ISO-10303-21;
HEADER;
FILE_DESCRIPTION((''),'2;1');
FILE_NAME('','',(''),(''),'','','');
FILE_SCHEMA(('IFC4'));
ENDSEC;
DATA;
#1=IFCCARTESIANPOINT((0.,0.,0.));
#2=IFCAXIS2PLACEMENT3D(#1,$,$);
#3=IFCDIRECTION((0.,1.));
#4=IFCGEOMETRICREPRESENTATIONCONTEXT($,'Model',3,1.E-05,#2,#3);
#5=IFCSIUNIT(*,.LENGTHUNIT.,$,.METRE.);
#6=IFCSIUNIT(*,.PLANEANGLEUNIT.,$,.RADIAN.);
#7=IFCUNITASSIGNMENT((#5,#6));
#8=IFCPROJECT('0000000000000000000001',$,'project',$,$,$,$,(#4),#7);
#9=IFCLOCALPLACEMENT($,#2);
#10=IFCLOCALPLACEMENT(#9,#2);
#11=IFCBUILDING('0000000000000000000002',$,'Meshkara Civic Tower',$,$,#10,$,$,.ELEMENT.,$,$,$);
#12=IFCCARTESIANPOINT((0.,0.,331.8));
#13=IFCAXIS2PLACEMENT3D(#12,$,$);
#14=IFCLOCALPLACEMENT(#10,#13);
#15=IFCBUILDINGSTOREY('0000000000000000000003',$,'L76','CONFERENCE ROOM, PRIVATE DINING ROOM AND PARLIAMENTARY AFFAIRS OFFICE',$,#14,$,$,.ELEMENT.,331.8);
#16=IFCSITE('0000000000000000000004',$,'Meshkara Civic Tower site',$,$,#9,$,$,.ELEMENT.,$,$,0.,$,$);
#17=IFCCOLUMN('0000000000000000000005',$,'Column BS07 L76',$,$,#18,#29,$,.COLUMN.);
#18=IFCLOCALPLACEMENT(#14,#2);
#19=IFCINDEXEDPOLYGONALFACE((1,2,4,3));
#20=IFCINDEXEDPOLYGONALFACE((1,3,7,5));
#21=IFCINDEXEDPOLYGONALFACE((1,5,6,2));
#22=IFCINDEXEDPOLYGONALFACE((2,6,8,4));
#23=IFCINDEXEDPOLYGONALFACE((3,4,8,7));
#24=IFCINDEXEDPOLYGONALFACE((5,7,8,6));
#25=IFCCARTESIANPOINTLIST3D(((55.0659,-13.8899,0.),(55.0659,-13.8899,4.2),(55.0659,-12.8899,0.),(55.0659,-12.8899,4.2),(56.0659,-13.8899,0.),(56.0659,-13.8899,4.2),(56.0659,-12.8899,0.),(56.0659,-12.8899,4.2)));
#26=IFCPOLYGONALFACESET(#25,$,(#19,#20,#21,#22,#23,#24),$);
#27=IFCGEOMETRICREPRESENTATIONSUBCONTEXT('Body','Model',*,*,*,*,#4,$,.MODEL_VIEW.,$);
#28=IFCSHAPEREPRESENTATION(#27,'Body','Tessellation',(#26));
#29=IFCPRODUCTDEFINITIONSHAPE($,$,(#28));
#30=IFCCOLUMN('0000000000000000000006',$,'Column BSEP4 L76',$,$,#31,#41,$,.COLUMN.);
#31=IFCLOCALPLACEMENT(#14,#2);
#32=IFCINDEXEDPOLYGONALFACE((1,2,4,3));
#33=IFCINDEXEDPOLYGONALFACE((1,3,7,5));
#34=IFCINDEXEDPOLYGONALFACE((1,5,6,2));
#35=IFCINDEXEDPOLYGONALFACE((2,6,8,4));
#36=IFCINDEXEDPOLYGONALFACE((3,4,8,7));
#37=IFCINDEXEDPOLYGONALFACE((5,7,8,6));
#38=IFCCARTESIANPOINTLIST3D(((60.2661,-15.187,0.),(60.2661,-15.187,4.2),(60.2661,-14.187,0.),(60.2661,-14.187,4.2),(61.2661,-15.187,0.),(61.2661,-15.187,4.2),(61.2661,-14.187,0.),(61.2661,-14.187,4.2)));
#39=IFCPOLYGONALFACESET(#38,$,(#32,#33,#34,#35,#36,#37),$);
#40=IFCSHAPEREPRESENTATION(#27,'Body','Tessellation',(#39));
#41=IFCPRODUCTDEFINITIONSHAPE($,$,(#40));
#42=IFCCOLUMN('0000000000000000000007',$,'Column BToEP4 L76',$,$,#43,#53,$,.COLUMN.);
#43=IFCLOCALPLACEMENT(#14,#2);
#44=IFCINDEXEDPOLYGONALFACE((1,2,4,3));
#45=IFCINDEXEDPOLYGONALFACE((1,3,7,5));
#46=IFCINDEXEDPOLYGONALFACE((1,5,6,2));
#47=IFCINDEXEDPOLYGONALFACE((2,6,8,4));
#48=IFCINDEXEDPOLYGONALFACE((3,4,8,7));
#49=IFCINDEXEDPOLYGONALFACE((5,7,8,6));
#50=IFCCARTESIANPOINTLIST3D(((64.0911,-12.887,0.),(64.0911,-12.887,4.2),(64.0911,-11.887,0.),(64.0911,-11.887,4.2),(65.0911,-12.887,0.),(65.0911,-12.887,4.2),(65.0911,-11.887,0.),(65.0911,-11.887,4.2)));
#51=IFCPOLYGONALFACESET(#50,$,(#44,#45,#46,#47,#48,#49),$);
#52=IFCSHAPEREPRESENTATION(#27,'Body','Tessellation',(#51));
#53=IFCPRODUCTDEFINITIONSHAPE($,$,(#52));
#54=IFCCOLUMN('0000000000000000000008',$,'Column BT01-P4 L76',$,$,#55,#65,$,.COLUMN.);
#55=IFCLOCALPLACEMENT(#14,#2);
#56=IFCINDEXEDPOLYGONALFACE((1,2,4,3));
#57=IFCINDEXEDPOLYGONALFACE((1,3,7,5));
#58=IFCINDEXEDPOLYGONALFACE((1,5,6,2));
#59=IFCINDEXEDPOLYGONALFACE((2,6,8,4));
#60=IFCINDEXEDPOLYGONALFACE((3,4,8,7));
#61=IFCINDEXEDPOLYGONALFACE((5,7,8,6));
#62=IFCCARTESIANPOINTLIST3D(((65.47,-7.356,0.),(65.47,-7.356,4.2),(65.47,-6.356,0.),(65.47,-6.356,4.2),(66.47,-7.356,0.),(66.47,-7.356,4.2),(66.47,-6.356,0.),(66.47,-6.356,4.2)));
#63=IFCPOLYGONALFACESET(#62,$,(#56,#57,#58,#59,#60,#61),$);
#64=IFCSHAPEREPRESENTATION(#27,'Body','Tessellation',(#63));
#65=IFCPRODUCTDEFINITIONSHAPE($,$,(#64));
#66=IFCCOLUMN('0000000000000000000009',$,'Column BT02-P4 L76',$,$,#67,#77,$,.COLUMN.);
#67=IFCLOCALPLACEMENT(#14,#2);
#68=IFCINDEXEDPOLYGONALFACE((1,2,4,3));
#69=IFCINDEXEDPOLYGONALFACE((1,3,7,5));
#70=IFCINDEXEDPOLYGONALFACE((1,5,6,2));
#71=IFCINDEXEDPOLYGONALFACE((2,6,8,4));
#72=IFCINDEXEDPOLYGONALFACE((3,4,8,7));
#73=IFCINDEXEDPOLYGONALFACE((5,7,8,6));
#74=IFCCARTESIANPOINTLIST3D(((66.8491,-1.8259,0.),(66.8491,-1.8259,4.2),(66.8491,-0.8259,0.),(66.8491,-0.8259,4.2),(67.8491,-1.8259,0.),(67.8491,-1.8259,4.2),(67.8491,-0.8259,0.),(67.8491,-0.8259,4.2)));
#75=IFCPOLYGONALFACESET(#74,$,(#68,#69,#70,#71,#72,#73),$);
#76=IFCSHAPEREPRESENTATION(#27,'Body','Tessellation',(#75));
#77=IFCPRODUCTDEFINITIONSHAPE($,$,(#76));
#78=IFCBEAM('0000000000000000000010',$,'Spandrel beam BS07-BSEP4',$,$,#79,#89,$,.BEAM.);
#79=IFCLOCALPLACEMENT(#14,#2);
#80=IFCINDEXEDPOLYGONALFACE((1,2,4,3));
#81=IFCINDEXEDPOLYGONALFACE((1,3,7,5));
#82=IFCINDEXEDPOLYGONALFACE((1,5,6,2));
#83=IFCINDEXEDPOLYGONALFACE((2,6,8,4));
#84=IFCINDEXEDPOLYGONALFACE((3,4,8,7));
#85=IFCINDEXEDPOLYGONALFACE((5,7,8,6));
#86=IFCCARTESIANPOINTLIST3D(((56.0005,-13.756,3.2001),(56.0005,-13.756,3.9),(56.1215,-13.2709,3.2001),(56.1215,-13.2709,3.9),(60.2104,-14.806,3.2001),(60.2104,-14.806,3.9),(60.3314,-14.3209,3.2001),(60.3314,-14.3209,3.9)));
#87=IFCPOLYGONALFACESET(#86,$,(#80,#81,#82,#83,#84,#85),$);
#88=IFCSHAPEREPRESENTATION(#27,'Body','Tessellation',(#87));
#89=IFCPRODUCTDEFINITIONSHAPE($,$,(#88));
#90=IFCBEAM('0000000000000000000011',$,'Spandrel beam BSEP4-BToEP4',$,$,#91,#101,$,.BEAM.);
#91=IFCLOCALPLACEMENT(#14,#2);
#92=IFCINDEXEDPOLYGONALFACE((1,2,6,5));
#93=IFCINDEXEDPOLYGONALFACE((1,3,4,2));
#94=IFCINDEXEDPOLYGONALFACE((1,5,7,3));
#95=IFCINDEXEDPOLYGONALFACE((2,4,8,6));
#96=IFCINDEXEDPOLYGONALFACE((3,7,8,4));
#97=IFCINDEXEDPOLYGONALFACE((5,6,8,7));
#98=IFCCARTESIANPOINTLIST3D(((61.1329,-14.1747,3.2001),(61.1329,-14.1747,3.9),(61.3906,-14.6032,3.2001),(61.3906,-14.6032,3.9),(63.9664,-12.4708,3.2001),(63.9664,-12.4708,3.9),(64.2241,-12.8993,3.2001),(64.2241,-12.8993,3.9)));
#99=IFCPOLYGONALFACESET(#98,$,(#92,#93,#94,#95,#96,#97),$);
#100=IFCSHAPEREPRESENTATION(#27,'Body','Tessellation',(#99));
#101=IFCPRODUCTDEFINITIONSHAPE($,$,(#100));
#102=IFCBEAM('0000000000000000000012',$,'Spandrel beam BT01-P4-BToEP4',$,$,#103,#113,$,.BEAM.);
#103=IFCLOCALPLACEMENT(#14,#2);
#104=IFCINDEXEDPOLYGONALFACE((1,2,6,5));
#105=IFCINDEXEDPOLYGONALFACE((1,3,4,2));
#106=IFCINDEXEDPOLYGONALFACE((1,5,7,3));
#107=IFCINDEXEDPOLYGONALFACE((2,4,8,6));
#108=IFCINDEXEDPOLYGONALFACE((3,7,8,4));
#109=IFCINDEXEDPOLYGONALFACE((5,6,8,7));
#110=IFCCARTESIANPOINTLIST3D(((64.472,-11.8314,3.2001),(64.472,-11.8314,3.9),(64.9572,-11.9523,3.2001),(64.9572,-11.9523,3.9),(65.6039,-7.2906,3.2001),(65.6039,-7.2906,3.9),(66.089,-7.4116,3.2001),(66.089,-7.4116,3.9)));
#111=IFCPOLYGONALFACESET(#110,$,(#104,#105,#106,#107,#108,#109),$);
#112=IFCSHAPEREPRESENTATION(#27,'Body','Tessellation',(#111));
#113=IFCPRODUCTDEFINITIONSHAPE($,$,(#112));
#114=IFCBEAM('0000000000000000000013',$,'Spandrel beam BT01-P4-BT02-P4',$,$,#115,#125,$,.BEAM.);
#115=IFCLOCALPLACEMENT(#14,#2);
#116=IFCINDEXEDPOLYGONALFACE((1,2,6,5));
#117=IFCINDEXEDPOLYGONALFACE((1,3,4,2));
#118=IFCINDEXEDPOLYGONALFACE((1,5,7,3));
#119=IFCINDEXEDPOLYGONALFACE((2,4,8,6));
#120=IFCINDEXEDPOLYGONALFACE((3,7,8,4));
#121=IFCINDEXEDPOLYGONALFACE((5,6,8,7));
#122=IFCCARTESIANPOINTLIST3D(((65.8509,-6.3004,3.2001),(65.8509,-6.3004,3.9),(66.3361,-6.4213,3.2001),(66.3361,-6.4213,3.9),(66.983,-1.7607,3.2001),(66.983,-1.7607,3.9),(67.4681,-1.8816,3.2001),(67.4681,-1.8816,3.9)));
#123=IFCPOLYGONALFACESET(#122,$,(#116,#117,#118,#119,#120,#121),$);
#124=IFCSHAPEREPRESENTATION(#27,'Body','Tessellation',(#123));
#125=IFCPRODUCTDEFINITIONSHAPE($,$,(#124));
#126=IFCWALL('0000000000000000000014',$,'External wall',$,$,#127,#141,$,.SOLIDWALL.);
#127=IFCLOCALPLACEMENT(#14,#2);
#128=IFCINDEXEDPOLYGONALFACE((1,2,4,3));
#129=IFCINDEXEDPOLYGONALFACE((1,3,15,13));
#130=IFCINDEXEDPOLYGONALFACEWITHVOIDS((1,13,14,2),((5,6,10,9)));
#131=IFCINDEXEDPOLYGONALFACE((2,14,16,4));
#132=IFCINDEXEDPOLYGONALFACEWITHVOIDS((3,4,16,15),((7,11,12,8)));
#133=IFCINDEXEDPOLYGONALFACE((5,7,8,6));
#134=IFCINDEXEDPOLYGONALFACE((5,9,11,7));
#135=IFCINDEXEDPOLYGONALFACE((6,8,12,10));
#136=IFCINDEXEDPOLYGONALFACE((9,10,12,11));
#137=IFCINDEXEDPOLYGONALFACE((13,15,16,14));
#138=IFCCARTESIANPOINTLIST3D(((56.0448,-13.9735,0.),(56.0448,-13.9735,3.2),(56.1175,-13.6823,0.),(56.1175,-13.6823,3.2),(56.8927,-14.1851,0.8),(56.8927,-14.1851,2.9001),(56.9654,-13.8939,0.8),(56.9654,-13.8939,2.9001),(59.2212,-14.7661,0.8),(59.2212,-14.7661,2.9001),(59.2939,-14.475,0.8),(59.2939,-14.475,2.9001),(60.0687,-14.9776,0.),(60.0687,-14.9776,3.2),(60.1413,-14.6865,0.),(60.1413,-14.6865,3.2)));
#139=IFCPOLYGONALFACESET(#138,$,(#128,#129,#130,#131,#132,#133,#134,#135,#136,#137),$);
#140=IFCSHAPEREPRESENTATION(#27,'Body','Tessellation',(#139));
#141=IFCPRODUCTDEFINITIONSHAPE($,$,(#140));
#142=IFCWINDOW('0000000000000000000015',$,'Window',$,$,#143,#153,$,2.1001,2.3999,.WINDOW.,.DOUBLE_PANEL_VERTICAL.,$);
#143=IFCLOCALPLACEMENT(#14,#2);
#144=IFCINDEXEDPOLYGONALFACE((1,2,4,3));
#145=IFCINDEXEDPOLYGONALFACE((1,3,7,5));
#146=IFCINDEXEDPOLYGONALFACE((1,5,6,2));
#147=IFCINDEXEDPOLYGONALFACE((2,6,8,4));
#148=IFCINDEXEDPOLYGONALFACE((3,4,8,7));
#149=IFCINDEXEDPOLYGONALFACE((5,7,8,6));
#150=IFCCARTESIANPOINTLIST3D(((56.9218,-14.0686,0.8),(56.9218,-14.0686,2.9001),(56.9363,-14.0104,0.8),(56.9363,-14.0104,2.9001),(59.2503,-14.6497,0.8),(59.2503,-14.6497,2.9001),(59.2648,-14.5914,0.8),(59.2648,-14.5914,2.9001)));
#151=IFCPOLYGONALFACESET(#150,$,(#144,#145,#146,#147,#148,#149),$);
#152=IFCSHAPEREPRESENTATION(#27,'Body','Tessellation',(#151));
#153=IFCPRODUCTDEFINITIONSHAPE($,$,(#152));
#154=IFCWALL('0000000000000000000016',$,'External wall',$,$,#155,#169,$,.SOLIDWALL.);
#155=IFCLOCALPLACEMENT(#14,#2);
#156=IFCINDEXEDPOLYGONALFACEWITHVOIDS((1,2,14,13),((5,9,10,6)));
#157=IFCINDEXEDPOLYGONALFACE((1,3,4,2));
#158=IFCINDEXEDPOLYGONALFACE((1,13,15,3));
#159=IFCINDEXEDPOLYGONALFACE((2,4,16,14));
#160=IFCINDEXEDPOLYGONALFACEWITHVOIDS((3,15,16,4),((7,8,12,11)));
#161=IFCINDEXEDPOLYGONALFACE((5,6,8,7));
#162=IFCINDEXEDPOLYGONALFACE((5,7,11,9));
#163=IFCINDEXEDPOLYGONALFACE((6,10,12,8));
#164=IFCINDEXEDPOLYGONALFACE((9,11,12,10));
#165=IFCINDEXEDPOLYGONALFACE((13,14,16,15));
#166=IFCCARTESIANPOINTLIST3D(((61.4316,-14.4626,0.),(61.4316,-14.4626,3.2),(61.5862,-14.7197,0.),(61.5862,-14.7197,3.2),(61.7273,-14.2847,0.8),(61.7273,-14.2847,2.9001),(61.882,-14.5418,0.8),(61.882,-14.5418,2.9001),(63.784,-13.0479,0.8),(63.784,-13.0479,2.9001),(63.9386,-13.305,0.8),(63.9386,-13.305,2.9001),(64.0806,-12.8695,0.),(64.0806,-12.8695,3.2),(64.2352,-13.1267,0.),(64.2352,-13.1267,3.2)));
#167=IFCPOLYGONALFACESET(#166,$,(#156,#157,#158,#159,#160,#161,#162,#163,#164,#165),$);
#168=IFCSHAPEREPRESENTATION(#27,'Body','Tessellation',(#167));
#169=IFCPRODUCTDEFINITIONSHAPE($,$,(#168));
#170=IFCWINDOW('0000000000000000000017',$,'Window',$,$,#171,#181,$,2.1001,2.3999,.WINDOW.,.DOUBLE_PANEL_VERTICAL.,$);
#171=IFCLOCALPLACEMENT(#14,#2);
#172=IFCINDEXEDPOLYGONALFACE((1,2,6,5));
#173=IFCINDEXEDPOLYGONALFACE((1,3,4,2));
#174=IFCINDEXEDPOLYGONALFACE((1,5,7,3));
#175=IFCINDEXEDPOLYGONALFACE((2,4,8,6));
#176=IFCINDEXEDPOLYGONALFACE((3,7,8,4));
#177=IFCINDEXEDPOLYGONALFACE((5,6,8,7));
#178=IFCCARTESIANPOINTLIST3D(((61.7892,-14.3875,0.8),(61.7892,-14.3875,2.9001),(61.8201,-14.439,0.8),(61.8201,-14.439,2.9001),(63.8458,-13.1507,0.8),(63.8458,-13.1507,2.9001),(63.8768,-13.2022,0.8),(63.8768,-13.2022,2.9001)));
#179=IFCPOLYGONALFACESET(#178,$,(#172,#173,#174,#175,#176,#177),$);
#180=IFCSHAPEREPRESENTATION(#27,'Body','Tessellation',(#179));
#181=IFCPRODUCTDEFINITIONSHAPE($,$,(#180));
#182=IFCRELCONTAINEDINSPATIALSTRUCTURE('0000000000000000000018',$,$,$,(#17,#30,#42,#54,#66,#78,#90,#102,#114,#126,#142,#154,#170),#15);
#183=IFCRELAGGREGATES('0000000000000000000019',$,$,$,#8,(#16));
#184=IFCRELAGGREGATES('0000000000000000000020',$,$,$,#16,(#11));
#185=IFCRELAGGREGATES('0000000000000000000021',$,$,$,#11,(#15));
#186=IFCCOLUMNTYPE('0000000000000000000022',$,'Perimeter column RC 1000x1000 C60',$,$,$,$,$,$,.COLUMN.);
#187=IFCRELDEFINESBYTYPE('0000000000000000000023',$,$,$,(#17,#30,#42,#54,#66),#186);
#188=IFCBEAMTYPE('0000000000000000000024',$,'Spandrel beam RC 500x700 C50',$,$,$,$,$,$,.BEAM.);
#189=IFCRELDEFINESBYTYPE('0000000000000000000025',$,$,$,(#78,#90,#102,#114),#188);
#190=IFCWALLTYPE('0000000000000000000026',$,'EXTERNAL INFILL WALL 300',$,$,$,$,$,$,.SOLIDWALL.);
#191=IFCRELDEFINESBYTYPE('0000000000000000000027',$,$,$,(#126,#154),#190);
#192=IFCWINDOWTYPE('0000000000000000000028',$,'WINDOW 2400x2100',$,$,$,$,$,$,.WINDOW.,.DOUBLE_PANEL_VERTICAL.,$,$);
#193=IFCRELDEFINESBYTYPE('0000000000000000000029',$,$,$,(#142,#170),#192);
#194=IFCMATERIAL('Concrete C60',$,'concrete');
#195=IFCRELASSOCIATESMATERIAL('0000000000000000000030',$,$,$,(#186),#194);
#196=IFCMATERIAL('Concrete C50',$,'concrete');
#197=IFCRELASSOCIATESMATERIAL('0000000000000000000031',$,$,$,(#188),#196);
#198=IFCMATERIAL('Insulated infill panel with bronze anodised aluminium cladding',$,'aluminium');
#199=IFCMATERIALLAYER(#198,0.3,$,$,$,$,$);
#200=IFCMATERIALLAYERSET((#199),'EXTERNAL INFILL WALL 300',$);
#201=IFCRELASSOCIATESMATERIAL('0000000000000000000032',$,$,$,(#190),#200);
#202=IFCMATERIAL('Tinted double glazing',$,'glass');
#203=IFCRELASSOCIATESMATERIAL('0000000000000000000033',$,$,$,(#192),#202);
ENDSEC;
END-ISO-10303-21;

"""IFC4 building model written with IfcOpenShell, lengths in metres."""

from ifc_helpers import new_model, si_unit, direction, frame, frame_2d, origin, origin_2d, place, context, subcontext, project, spatial, rectangle, extrude, material, layer, layer_set, material_profile, profile_set, type_object, element, fill, save


model = new_model("IFC4")

# Units and contexts
model_context = context("Model", 3, precision=1e-05, world=origin(), true_north=direction((0.0, 1.0)))
body_context = subcontext(model_context, "Body", "Model", "MODEL_VIEW")
ifc_project = project(units=[si_unit("LENGTHUNIT", "METRE"), si_unit("PLANEANGLEUNIT", "RADIAN")], contexts=[model_context])

# Site, building, storey
site_placement = place(None, origin())
site = spatial("IfcSite", under=ifc_project, at=site_placement, Name="Meshkara Civic Tower site", CompositionType="ELEMENT", RefElevation=0.0)
building_placement = place(site_placement, origin())
building = spatial("IfcBuilding", under=site, at=building_placement, Name="Meshkara Civic Tower", CompositionType="ELEMENT")
storey_placement = place(building_placement, frame((0.0, 0.0, 331.8)))
storey = spatial("IfcBuildingStorey", under=building, at=storey_placement, Name="L76", Description="CONFERENCE ROOM, PRIVATE DINING ROOM AND PARLIAMENTARY AFFAIRS OFFICE", CompositionType="ELEMENT", Elevation=331.8)

# Columns
ifc_material_1 = material(Name="Concrete C60", Category="concrete")
ifc_material_profile_1 = material_profile(ifc_material_1, rectangle(XDim=1.0, YDim=1.0, at=origin_2d()))
ifc_profile_set_1 = profile_set([ifc_material_profile_1], Name="Concrete C60")
column_type = type_object("IfcColumnType", Name="Perimeter column RC 1000x1000 C60", PredefinedType="COLUMN", material=ifc_profile_set_1)
for number, where, z_axis, x_axis, name in (
    (1, (55.5659, -13.3899, 0.0), (0.0, 0.0, 1.0), (1.0, 0.0, 0.0), "Column BS07 L76"),
    (2, (60.7661, -14.687, 0.0), (0.0, 0.0, 1.0), (1.0, 0.0, 0.0), "Column BSEP4 L76"),
    (3, (64.5911, -12.387, 0.0), (0.0, 0.0, 1.0), (1.0, 0.0, 0.0), "Column BToEP4 L76"),
    (4, (65.97, -6.856, 0.0), (0.0, 0.0, 1.0), (1.0, 0.0, 0.0), "Column BT01-P4 L76"),
    (5, (67.3491, -1.3259, 0.0), (0.0, 0.0, 1.0), (1.0, 0.0, 0.0), "Column BT02-P4 L76"),
):
    element("IfcColumn", number, at=place(storey_placement, frame(where, z_axis=z_axis, x_axis=x_axis)), inside=storey, type_object=column_type, Name=name, PredefinedType="COLUMN", context=body_context, shape_type="SweptSolid", body=[
        extrude(rectangle(XDim=1.0, YDim=1.0, at=origin_2d()), origin(), (0.0, 0.0, 1.0), 4.2),
    ])

# Beams
ifc_material_2 = material(Name="Concrete C50", Category="concrete")
ifc_material_profile_2 = material_profile(ifc_material_2, rectangle(XDim=0.5, YDim=0.7, at=origin_2d()))
ifc_profile_set_2 = profile_set([ifc_material_profile_2], Name="Concrete C50")
beam_type = type_object("IfcBeamType", Name="Spandrel beam RC 500x700 C50", PredefinedType="BEAM", material=ifc_profile_set_2)
beam_1_placement = place(storey_placement, frame((56.061, -13.5134, 3.55), z_axis=(0.970275, -0.242006, 0.0), x_axis=(0.242006, 0.970275, 0.0)))
element("IfcBeam", 6, at=beam_1_placement, inside=storey, type_object=beam_type, Name="Spandrel beam BS07-BSEP4", PredefinedType="BEAM", context=body_context, shape_type="SweptSolid", body=[
    extrude(rectangle(XDim=0.5, YDim=0.7, at=origin_2d()), origin(), (0.0, 0.0, 1.0), 4.3389),
])
beam_2_placement = place(storey_placement, frame((61.2617, -14.3889, 3.55), z_axis=(0.856991, 0.515332, 0.0), x_axis=(-0.515332, 0.856991, 0.0)))
element("IfcBeam", 7, at=beam_2_placement, inside=storey, type_object=beam_type, Name="Spandrel beam BSEP4-BToEP4", PredefinedType="BEAM", context=body_context, shape_type="SweptSolid", body=[
    extrude(rectangle(XDim=0.5, YDim=0.7, at=origin_2d()), origin(), (0.0, 0.0, 1.0), 3.3064),
])
beam_3_placement = place(storey_placement, frame((64.7146, -11.8918, 3.55), z_axis=(0.24186, 0.970311, 0.0), x_axis=(-0.970311, 0.24186, 0.0)))
element("IfcBeam", 8, at=beam_3_placement, inside=storey, type_object=beam_type, Name="Spandrel beam BT01-P4-BToEP4", PredefinedType="BEAM", context=body_context, shape_type="SweptSolid", body=[
    extrude(rectangle(XDim=0.5, YDim=0.7, at=origin_2d()), origin(), (0.0, 0.0, 1.0), 4.6797),
])
beam_4_placement = place(storey_placement, frame((66.0935, -6.3608, 3.55), z_axis=(0.241959, 0.970287, 0.0), x_axis=(-0.970287, 0.241959, 0.0)))
element("IfcBeam", 9, at=beam_4_placement, inside=storey, type_object=beam_type, Name="Spandrel beam BT01-P4-BT02-P4", PredefinedType="BEAM", context=body_context, shape_type="SweptSolid", body=[
    extrude(rectangle(XDim=0.5, YDim=0.7, at=origin_2d()), origin(), (0.0, 0.0, 1.0), 4.6787),
])

# Walls, openings, windows
ifc_material_3 = material(Name="Insulated infill panel with bronze anodised aluminium cladding", Category="aluminium")
ifc_layer_1 = layer(ifc_material_3, 0.3)
ifc_layer_set_1 = layer_set([ifc_layer_1], Name="EXTERNAL INFILL WALL 300")
wall_type_1 = type_object("IfcWallType", Name="EXTERNAL INFILL WALL 300", PredefinedType="SOLIDWALL", material=ifc_layer_set_1)
wall_1_placement = place(storey_placement, frame((56.0811, -13.8279, 0.0), z_axis=(0.0, 0.0, 1.0), x_axis=(0.970246, -0.24212, 0.0)))
wall_1 = element("IfcWall", 10, at=wall_1_placement, inside=storey, type_object=wall_type_1, Name="External wall", PredefinedType="SOLIDWALL", context=body_context, shape_type="SweptSolid", body=[
    extrude(rectangle(XDim=4.1472, YDim=0.3, at=frame_2d((2.0737, 0.0))), origin(), (0.0, 0.0, 1.0), 3.2),
])
opening_1_placement = place(wall_1_placement, frame((0.874, 0.0, 0.8)))
opening_1 = element("IfcOpeningElement", 11, at=opening_1_placement, cuts=wall_1, PredefinedType="OPENING", context=body_context, shape_type="SweptSolid", body=[
    extrude(rectangle(XDim=2.3999, YDim=2.1001, at=frame_2d((1.2, 1.05))), frame((0.0, 0.1599, 0.0), z_axis=(0.0, -1.0, 0.0), x_axis=(1.0, 0.0, 0.0)), (0.0, 0.0, 1.0), 0.3201),
])
ifc_material_4 = material(Name="Tinted double glazing", Category="glass")
window_type = type_object("IfcWindowType", Name="WINDOW 2400x2100", PartitioningType="DOUBLE_PANEL_VERTICAL", PredefinedType="WINDOW", material=ifc_material_4)
window_1_placement = place(opening_1_placement, origin())
window_1 = element("IfcWindow", 12, at=window_1_placement, inside=storey, type_object=window_type, Name="Window", OverallHeight=2.1001, OverallWidth=2.3999, PartitioningType="DOUBLE_PANEL_VERTICAL", PredefinedType="WINDOW", context=body_context, shape_type="SweptSolid", body=[
    extrude(rectangle(XDim=2.3999, YDim=2.1001, at=frame_2d((1.2, 1.05))), frame((0.0, 0.03, 0.0), z_axis=(0.0, -1.0, 0.0), x_axis=(1.0, 0.0, 0.0)), (0.0, 0.0, 1.0), 0.0601),
])
fill(opening_1, window_1)
wall_2_placement = place(storey_placement, frame((61.509, -14.5911, 0.0), z_axis=(0.0, 0.0, 1.0), x_axis=(0.85697, 0.515367, 0.0)))
wall_2 = element("IfcWall", 13, at=wall_2_placement, inside=storey, type_object=wall_type_1, Name="External wall", PredefinedType="SOLIDWALL", context=body_context, shape_type="SweptSolid", body=[
    extrude(rectangle(XDim=3.0911, YDim=0.3, at=frame_2d((1.5454, 0.0))), origin(), (0.0, 0.0, 1.0), 3.2),
])
opening_2_placement = place(wall_2_placement, frame((0.345, 0.0, 0.8)))
opening_2 = element("IfcOpeningElement", 14, at=opening_2_placement, cuts=wall_2, PredefinedType="OPENING", context=body_context, shape_type="SweptSolid", body=[
    extrude(rectangle(XDim=2.3999, YDim=2.1001, at=frame_2d((1.2, 1.05))), frame((0.0, 0.1599, 0.0), z_axis=(0.0, -1.0, 0.0), x_axis=(1.0, 0.0, 0.0)), (0.0, 0.0, 1.0), 0.3201),
])
window_2_placement = place(opening_2_placement, origin())
window_2 = element("IfcWindow", 15, at=window_2_placement, inside=storey, type_object=window_type, Name="Window", OverallHeight=2.1001, OverallWidth=2.3999, PartitioningType="DOUBLE_PANEL_VERTICAL", PredefinedType="WINDOW", context=body_context, shape_type="SweptSolid", body=[
    extrude(rectangle(XDim=2.3999, YDim=2.1001, at=frame_2d((1.2, 1.05))), frame((0.0, 0.03, 0.0), z_axis=(0.0, -1.0, 0.0), x_axis=(1.0, 0.0, 0.0)), (0.0, 0.0, 1.0), 0.0601),
])
fill(opening_2, window_2)

save(model, "model.ifc")
